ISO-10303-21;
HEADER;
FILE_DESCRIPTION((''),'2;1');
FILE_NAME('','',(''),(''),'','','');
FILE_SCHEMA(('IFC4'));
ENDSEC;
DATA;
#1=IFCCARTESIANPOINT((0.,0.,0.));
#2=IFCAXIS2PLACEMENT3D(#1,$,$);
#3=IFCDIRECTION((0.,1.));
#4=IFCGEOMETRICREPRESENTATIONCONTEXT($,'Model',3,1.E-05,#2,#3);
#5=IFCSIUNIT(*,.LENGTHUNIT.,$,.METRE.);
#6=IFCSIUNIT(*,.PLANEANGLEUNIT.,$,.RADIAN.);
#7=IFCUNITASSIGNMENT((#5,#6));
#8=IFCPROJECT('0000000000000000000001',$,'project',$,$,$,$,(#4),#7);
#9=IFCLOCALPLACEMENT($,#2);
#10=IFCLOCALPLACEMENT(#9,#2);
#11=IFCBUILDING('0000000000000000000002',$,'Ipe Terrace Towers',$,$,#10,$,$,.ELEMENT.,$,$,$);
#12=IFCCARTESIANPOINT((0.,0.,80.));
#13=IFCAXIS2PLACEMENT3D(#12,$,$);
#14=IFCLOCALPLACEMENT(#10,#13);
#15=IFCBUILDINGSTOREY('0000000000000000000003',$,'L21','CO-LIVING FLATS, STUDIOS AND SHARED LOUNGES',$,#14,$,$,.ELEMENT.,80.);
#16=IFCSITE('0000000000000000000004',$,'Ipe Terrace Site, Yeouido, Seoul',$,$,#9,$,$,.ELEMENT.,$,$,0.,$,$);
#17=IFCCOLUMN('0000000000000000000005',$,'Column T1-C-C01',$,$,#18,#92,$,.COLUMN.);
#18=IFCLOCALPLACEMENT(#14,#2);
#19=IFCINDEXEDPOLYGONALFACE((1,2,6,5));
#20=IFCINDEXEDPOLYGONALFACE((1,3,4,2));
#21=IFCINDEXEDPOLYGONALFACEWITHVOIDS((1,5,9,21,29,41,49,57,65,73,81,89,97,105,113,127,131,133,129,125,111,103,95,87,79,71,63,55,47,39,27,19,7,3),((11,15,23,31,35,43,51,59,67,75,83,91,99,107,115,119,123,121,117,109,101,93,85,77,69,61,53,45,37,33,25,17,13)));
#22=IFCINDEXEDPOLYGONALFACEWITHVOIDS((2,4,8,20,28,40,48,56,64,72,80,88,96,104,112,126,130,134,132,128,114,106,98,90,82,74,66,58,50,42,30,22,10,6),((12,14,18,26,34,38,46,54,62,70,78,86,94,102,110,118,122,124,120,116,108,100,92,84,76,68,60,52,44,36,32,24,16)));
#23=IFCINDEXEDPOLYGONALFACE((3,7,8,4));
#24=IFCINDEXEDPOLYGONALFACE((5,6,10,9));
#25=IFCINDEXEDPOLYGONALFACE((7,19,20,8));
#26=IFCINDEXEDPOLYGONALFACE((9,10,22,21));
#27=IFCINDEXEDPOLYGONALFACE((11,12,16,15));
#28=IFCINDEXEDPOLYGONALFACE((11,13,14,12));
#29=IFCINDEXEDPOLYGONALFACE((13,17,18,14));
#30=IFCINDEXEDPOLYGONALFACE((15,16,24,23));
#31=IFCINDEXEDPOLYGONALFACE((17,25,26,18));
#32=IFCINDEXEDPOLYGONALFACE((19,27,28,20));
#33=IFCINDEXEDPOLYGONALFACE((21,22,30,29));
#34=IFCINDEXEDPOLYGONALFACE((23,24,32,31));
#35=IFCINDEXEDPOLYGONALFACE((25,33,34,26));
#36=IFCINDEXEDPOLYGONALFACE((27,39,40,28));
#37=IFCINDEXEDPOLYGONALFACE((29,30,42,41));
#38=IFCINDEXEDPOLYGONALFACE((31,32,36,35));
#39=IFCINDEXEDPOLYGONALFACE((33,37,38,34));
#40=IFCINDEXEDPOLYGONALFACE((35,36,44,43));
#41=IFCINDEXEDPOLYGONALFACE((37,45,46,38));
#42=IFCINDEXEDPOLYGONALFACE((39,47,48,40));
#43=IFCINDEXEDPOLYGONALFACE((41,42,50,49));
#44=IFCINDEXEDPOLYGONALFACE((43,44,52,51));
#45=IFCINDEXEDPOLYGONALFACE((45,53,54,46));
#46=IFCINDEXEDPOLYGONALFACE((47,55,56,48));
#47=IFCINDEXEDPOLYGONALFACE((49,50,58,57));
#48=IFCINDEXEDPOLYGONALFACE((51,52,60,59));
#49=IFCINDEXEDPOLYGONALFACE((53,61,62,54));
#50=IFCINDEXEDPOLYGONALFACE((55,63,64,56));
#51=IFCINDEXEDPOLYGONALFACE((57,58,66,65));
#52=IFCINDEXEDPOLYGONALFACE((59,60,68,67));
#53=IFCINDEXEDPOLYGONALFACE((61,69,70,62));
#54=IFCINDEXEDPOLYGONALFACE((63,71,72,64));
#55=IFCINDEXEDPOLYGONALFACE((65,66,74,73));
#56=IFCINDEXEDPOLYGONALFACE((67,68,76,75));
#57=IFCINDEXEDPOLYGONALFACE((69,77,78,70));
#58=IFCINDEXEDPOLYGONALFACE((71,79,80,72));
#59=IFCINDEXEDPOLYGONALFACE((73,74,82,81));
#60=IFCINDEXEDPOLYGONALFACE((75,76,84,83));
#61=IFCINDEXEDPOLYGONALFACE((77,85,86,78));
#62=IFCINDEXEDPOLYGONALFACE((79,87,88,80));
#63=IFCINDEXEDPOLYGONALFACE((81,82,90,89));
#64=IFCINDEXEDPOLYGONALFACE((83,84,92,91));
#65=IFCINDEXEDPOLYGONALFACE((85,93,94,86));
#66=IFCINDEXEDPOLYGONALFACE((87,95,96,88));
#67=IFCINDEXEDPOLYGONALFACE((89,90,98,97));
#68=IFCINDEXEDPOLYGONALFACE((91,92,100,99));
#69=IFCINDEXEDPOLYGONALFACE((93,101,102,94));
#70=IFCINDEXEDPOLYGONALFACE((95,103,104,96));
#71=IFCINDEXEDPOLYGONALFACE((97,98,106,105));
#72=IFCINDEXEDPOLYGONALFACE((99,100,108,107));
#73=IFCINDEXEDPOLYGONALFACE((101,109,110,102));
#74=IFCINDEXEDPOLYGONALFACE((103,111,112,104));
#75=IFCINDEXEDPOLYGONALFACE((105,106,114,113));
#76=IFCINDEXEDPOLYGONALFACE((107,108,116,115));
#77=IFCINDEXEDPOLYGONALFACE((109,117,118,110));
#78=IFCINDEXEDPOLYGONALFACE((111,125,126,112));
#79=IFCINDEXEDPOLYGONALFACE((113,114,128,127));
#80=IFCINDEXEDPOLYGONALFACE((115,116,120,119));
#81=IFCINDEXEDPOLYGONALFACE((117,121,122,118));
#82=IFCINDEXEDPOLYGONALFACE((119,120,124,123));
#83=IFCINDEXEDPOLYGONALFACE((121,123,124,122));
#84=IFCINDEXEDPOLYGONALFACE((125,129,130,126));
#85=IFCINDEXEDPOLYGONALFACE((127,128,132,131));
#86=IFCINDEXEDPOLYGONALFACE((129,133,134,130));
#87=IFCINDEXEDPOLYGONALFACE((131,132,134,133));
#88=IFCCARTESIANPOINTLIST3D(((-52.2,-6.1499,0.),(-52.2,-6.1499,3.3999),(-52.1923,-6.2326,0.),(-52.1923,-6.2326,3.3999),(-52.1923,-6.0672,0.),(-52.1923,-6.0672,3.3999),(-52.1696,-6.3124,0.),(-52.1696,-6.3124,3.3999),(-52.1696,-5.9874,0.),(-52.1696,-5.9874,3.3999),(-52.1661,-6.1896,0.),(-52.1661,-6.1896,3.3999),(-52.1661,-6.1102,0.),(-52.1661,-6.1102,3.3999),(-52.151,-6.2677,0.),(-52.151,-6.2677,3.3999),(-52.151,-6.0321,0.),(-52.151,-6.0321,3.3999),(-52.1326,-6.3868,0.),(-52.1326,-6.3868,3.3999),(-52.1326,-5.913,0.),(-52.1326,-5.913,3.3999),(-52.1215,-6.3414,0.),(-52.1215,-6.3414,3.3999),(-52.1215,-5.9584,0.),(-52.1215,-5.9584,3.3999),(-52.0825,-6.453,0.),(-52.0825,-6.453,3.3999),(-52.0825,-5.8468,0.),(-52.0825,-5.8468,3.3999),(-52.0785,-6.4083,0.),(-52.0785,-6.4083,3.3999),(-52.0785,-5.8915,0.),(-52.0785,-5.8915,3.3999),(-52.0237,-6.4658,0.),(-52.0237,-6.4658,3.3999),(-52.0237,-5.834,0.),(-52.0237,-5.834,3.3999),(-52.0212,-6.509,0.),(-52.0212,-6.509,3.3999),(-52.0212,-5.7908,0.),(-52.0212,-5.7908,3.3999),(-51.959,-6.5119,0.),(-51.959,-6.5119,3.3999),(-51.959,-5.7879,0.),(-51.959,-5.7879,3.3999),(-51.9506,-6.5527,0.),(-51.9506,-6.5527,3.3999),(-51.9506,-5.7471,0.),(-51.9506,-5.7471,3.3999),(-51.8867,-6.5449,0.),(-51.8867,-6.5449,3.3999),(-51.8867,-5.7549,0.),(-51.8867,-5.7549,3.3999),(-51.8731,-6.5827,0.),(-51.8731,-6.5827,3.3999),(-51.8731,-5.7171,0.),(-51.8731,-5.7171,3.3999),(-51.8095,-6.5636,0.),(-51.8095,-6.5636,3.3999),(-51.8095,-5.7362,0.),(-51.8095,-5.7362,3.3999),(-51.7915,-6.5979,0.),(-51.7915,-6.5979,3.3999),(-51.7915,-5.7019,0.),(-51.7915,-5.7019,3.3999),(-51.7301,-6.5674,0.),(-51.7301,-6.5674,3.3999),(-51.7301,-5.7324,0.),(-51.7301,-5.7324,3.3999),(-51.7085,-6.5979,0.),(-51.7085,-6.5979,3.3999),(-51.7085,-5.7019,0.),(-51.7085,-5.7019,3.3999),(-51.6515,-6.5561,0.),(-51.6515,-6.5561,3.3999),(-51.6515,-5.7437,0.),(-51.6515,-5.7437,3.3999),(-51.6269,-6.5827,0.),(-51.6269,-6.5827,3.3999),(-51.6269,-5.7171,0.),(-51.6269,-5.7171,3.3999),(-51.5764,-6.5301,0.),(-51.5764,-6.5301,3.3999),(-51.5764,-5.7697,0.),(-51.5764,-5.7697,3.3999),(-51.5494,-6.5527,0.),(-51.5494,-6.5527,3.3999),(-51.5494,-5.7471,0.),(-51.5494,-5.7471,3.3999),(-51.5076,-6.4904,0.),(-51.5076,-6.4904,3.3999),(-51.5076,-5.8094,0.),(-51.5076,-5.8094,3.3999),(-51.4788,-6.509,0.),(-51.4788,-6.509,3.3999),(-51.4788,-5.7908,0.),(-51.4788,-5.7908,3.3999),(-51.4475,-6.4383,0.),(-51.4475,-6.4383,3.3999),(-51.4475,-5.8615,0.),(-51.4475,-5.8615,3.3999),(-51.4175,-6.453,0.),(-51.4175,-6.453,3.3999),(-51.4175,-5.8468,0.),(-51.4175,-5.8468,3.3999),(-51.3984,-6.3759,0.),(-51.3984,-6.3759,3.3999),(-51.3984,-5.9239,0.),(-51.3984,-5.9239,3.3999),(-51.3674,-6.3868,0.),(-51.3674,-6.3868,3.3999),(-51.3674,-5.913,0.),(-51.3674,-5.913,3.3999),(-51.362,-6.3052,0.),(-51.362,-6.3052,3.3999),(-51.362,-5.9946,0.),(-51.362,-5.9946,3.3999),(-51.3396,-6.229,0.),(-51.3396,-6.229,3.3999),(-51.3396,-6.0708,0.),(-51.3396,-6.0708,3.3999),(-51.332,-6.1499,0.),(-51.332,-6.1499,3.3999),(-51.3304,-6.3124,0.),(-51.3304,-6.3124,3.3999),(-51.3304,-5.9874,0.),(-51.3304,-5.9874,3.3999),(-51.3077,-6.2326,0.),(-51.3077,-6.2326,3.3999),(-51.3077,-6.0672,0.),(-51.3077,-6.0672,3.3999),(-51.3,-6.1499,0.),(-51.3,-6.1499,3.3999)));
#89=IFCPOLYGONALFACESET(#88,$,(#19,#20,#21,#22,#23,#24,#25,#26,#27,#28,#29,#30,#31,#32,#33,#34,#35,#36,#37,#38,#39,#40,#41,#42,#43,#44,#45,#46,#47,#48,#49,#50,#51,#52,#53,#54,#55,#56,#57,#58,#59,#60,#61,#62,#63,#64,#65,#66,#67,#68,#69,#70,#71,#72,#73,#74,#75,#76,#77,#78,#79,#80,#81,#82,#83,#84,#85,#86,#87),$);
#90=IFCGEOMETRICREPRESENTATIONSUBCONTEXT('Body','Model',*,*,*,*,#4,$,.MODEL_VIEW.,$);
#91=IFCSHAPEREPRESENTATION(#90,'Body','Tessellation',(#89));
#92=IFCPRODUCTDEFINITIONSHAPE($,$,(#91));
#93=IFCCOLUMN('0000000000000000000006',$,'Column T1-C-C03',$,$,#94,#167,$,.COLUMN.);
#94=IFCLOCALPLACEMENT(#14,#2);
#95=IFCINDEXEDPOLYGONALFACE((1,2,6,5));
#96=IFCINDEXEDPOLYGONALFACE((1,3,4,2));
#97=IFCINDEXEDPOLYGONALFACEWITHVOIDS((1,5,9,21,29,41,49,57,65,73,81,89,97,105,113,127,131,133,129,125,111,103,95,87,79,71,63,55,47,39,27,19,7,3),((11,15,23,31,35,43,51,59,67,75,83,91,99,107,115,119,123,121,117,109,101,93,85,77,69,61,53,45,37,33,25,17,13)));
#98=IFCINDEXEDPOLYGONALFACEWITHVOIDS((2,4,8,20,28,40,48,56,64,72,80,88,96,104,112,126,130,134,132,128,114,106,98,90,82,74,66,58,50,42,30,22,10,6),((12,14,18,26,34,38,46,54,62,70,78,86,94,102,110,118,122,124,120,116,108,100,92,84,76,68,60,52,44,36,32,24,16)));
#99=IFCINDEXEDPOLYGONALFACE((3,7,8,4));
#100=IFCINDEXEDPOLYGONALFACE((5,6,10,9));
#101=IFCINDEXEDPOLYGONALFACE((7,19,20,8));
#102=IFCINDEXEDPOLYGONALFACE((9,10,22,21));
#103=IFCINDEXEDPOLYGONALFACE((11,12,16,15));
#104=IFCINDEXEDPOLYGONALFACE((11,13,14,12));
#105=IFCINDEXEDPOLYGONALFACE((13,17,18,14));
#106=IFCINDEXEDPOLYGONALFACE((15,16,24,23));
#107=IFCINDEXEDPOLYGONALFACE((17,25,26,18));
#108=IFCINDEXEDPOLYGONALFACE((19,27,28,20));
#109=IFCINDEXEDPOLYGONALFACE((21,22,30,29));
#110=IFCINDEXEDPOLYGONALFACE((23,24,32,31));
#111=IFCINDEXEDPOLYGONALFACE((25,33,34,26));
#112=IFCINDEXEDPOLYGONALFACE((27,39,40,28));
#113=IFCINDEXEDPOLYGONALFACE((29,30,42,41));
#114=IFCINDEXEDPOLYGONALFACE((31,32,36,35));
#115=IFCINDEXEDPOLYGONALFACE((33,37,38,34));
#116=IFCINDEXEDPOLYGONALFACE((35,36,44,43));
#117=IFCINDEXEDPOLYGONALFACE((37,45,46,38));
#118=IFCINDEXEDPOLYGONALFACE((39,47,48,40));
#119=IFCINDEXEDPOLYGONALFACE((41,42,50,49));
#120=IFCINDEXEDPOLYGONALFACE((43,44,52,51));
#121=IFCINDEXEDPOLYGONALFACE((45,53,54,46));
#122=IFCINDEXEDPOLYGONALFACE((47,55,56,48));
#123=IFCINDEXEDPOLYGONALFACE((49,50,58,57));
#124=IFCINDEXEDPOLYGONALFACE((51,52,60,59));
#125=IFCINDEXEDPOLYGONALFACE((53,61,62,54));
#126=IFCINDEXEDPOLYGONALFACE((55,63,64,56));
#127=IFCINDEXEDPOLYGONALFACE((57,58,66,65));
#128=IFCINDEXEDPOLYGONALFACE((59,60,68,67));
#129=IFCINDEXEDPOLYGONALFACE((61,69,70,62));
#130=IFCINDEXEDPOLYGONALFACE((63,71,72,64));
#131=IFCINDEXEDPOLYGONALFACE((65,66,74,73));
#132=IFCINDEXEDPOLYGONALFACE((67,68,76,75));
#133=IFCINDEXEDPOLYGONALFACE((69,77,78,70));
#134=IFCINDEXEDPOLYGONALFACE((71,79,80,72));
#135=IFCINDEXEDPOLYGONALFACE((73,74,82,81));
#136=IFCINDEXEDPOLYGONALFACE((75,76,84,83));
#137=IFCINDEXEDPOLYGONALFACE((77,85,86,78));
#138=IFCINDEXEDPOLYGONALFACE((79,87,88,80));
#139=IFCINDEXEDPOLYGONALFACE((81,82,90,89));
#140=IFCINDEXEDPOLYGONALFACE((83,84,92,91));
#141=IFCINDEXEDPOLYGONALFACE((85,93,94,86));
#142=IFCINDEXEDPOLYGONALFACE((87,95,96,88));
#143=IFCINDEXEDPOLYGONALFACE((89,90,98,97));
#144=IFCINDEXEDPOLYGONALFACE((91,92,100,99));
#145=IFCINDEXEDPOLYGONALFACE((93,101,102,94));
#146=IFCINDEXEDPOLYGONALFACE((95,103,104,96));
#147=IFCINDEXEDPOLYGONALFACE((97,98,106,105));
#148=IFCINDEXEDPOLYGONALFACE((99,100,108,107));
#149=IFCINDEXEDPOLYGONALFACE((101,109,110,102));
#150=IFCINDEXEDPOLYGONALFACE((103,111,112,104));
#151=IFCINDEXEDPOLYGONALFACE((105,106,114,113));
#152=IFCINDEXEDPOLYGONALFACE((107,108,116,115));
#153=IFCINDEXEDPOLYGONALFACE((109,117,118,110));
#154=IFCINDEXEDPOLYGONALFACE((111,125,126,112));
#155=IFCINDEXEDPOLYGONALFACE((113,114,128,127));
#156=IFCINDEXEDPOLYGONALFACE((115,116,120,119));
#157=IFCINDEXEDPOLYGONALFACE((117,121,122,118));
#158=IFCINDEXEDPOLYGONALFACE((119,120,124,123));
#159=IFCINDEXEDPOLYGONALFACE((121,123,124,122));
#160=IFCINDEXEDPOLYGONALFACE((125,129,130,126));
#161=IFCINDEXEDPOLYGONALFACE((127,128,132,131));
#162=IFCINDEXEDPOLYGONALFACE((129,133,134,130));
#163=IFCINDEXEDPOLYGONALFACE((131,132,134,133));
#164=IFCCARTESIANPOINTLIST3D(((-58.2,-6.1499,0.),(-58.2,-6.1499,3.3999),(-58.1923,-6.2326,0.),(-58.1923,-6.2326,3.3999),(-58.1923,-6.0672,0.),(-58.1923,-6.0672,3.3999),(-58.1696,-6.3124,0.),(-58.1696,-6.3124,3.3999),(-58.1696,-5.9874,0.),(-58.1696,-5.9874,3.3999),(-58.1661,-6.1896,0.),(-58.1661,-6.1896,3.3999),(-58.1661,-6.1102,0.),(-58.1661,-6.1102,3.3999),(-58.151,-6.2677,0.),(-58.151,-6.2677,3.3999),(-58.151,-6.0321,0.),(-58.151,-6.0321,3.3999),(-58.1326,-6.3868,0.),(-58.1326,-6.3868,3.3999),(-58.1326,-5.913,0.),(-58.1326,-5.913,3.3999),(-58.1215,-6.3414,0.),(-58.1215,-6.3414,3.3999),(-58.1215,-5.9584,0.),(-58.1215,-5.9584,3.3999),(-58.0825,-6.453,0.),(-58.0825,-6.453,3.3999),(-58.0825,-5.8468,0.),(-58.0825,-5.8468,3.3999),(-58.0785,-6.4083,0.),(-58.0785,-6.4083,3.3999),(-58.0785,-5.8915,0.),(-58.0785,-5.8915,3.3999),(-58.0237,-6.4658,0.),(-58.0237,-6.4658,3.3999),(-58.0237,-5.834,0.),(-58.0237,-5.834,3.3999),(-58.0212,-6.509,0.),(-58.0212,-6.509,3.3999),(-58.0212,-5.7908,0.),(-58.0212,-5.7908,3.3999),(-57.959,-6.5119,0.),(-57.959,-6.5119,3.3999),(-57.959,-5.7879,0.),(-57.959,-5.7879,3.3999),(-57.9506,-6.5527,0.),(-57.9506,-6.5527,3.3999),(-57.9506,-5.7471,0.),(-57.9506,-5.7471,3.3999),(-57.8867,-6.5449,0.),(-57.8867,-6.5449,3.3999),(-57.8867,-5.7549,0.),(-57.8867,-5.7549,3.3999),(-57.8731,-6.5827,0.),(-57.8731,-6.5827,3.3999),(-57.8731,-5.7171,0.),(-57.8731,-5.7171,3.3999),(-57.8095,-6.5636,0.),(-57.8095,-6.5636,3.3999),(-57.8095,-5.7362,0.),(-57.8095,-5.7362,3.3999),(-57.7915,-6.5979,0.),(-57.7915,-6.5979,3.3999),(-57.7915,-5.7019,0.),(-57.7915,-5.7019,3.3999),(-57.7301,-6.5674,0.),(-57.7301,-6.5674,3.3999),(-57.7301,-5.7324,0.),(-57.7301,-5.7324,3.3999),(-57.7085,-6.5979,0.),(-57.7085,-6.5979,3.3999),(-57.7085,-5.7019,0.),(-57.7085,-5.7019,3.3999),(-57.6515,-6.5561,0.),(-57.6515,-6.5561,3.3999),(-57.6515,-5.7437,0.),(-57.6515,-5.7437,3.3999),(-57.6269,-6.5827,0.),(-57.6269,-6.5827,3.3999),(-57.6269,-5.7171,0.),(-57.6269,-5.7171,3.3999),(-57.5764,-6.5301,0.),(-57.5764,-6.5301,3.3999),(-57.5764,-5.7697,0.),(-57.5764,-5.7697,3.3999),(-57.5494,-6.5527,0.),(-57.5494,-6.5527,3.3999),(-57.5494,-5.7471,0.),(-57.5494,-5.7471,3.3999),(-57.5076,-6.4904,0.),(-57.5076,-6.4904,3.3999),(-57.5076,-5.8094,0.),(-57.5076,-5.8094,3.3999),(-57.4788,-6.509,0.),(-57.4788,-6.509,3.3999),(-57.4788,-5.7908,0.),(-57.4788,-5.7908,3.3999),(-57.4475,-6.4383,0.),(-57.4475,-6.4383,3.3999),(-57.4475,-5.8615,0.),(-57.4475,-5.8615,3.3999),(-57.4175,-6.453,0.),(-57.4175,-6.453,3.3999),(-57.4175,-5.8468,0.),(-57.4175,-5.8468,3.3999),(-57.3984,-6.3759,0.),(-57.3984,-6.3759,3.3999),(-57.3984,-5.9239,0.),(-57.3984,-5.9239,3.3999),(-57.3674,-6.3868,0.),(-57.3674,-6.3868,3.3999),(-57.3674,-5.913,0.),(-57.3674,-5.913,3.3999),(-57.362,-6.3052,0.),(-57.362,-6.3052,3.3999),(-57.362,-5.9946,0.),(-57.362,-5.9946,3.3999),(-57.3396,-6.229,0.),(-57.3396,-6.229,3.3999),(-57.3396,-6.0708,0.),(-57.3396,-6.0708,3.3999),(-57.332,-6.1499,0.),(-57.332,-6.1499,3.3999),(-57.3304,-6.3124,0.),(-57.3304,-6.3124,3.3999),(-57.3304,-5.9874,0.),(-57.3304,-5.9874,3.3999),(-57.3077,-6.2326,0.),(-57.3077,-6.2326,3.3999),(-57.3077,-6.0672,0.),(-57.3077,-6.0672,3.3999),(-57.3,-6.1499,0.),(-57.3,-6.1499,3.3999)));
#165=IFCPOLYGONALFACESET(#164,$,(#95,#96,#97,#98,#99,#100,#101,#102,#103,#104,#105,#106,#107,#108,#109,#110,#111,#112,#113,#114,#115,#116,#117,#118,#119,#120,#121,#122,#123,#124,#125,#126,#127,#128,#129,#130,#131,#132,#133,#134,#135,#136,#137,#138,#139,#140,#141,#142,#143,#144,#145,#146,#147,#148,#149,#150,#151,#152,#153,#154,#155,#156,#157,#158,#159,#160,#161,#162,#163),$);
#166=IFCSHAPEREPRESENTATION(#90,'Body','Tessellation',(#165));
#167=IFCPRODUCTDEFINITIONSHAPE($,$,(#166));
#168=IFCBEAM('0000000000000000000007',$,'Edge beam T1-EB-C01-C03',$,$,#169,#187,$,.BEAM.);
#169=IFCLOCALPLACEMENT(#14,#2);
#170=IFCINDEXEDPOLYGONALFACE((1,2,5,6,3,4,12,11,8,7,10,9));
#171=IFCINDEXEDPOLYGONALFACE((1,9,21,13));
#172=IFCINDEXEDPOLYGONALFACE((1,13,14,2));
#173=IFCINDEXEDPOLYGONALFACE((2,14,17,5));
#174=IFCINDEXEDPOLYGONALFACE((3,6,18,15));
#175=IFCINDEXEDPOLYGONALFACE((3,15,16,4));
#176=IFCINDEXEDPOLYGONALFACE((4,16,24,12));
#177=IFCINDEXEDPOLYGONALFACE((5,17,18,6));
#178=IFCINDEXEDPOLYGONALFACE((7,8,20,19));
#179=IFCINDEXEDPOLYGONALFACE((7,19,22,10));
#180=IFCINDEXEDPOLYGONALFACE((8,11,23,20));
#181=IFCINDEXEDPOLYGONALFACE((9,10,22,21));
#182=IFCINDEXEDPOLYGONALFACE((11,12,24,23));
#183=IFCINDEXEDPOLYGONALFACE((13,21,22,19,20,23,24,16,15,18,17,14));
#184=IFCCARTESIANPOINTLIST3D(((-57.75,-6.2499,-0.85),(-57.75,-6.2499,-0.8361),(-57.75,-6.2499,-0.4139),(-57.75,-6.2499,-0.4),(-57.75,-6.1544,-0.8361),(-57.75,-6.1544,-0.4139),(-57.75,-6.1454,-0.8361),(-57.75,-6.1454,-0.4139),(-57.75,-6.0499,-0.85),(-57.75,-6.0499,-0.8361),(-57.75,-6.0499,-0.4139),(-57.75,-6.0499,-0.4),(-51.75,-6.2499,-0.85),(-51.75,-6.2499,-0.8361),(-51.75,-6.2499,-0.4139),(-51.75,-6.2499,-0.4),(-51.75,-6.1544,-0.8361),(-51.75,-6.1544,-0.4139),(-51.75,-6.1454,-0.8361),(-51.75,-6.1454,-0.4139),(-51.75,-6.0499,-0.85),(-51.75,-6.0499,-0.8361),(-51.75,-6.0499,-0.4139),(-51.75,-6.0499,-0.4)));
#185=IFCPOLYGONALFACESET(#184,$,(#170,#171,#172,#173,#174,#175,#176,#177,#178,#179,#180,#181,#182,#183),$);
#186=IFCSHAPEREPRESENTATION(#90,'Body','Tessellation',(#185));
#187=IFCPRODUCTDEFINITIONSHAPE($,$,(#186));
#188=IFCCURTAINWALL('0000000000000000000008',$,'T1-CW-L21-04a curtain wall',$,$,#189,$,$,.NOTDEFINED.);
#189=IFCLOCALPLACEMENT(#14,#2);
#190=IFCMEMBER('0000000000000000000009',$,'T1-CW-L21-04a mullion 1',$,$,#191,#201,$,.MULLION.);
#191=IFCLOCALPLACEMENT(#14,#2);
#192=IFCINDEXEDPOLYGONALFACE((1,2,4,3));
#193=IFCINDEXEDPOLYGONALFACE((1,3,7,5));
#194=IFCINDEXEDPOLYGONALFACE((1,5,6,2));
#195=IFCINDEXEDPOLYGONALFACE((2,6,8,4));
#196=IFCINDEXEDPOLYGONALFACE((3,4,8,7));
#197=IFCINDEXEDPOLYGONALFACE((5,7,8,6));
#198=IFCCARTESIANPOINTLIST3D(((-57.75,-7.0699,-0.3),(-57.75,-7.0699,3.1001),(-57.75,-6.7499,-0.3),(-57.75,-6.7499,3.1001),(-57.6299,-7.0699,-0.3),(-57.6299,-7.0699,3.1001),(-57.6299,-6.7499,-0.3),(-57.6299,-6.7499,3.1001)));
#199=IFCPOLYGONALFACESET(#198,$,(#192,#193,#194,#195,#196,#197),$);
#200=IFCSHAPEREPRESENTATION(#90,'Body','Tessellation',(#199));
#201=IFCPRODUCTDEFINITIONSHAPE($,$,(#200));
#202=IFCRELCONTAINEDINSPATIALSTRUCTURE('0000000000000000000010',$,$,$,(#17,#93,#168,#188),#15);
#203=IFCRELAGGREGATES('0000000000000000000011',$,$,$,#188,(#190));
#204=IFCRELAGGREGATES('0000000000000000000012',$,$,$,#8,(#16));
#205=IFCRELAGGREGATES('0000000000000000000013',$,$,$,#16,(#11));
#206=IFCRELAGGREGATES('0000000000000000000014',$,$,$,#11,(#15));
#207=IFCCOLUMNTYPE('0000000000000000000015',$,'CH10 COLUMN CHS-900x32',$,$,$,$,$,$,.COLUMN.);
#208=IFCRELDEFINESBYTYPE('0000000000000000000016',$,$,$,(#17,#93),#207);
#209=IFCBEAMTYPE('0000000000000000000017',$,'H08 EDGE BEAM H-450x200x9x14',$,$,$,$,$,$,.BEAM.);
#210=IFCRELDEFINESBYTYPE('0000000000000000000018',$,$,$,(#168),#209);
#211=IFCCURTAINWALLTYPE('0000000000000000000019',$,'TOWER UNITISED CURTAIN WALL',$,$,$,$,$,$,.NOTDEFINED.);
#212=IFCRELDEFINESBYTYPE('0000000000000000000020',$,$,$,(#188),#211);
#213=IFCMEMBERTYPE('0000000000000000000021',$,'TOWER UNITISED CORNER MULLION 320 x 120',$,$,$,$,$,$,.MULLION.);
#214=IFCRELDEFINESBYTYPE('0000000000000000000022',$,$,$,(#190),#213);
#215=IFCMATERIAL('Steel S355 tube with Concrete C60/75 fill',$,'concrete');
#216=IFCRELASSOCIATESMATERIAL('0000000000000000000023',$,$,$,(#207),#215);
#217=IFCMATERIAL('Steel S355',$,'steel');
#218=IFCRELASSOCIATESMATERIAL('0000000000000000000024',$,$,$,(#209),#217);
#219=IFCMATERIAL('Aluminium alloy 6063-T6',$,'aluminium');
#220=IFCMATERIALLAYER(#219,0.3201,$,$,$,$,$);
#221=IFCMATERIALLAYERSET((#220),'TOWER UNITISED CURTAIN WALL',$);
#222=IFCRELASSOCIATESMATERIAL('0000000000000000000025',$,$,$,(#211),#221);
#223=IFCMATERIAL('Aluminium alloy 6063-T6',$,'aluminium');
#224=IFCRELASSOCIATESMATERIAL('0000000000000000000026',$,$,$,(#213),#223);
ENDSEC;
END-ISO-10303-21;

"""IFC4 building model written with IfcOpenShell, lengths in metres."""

from ifc_helpers import new_model, si_unit, direction, frame, origin, origin_2d, place, context, subcontext, project, spatial, rectangle, hollow_circle, i_section, extrude, material, layer, layer_set, material_profile, profile_set, type_object, element, aggregate, save


model = new_model("IFC4")

# Units and contexts
model_context = context("Model", 3, precision=1e-05, world=origin(), true_north=direction((0.0, 1.0)))
body_context = subcontext(model_context, "Body", "Model", "MODEL_VIEW")
ifc_project = project(units=[si_unit("LENGTHUNIT", "METRE"), si_unit("PLANEANGLEUNIT", "RADIAN")], contexts=[model_context])

# Site, building, storey
site_placement = place(None, origin())
site = spatial("IfcSite", under=ifc_project, at=site_placement, Name="Ipe Terrace Site, Yeouido, Seoul", CompositionType="ELEMENT", RefElevation=0.0)
building_placement = place(site_placement, origin())
building = spatial("IfcBuilding", under=site, at=building_placement, Name="Ipe Terrace Towers", CompositionType="ELEMENT")
storey_placement = place(building_placement, frame((0.0, 0.0, 80.0)))
storey = spatial("IfcBuildingStorey", under=building, at=storey_placement, Name="L21", Description="CO-LIVING FLATS, STUDIOS AND SHARED LOUNGES", CompositionType="ELEMENT", Elevation=80.0)

# Columns
ifc_material_1 = material(Name="Steel S355 tube with Concrete C60/75 fill", Category="concrete")
ifc_material_profile_1 = material_profile(ifc_material_1, hollow_circle(Radius=0.45, WallThickness=0.032, at=origin_2d()), Name="CHS-900x32")
ifc_profile_set_1 = profile_set([ifc_material_profile_1], Name="Steel S355 tube with Concrete C60/75 fill")
column_type = type_object("IfcColumnType", Name="CH10 COLUMN CHS-900x32", PredefinedType="COLUMN", material=ifc_profile_set_1)
for number, where, z_axis, x_axis, name in (
    (1, (-51.75, -6.1499, 0.0), (0.0, 0.0, 1.0), (1.0, 0.0, 0.0), "Column T1-C-C01"),
    (2, (-57.75, -6.1499, 0.0), (0.0, 0.0, 1.0), (1.0, 0.0, 0.0), "Column T1-C-C03"),
):
    element("IfcColumn", number, at=place(storey_placement, frame(where, z_axis=z_axis, x_axis=x_axis)), inside=storey, type_object=column_type, Name=name, PredefinedType="COLUMN", context=body_context, shape_type="SweptSolid", body=[
        extrude(hollow_circle(Radius=0.45, WallThickness=0.032, at=origin_2d()), origin(), (0.0, 0.0, 1.0), 3.3999),
    ])

# Beam
ifc_material_2 = material(Name="Steel S355", Category="steel")
ifc_material_profile_2 = material_profile(ifc_material_2, i_section(OverallWidth=0.2, OverallDepth=0.45, WebThickness=0.009, FlangeThickness=0.0139, at=origin_2d()), Name="H-450x200x9x14")
ifc_profile_set_2 = profile_set([ifc_material_profile_2], Name="Steel S355")
beam_type = type_object("IfcBeamType", Name="H08 EDGE BEAM H-450x200x9x14", PredefinedType="BEAM", material=ifc_profile_set_2)
beam_placement = place(storey_placement, frame((-51.75, -6.1499, -0.625), z_axis=(-1.0, 0.0, 0.0), x_axis=(0.0, -1.0, 0.0)))
element("IfcBeam", 3, at=beam_placement, inside=storey, type_object=beam_type, Name="Edge beam T1-EB-C01-C03", PredefinedType="BEAM", context=body_context, shape_type="SweptSolid", body=[
    extrude(i_section(OverallWidth=0.2, OverallDepth=0.45, WebThickness=0.009, FlangeThickness=0.0139, at=origin_2d()), origin(), (0.0, 0.0, 1.0), 6.0),
])

# Curtain wall, member
ifc_material_3 = material(Name="Aluminium alloy 6063-T6", Category="aluminium")
ifc_layer_1 = layer(ifc_material_3, 0.3201)
ifc_layer_set_1 = layer_set([ifc_layer_1], Name="TOWER UNITISED CURTAIN WALL")
curtain_wall_type = type_object("IfcCurtainWallType", Name="TOWER UNITISED CURTAIN WALL", PredefinedType="NOTDEFINED", material=ifc_layer_set_1)
curtain_wall_1_placement = place(storey_placement, origin())
curtain_wall_1 = element("IfcCurtainWall", 4, at=curtain_wall_1_placement, inside=storey, type_object=curtain_wall_type, Name="T1-CW-L21-04a curtain wall", PredefinedType="NOTDEFINED")
ifc_material_4 = material(Name="Aluminium alloy 6063-T6", Category="aluminium")
ifc_material_profile_3 = material_profile(ifc_material_4, rectangle(XDim=0.3201, YDim=0.1201, at=origin_2d()), Name="TOWER UNITISED CORNER MULLION 320 x 120")
ifc_profile_set_3 = profile_set([ifc_material_profile_3], Name="Aluminium alloy 6063-T6")
member_type = type_object("IfcMemberType", Name="TOWER UNITISED CORNER MULLION 320 x 120", PredefinedType="MULLION", material=ifc_profile_set_3)
member_1_placement = place(storey_placement, frame((-57.6899, -6.9099, -0.3), z_axis=(0.0, 0.0, 1.0), x_axis=(0.0, -1.0, 0.0)))
member_1 = element("IfcMember", 5, at=member_1_placement, type_object=member_type, Name="T1-CW-L21-04a mullion 1", PredefinedType="MULLION", context=body_context, shape_type="SweptSolid", body=[
    extrude(rectangle(XDim=0.3201, YDim=0.1201, at=origin_2d()), origin(), (0.0, 0.0, 1.0), 3.4001),
])

aggregate(curtain_wall_1, [member_1])

save(model, "model.ifc")
